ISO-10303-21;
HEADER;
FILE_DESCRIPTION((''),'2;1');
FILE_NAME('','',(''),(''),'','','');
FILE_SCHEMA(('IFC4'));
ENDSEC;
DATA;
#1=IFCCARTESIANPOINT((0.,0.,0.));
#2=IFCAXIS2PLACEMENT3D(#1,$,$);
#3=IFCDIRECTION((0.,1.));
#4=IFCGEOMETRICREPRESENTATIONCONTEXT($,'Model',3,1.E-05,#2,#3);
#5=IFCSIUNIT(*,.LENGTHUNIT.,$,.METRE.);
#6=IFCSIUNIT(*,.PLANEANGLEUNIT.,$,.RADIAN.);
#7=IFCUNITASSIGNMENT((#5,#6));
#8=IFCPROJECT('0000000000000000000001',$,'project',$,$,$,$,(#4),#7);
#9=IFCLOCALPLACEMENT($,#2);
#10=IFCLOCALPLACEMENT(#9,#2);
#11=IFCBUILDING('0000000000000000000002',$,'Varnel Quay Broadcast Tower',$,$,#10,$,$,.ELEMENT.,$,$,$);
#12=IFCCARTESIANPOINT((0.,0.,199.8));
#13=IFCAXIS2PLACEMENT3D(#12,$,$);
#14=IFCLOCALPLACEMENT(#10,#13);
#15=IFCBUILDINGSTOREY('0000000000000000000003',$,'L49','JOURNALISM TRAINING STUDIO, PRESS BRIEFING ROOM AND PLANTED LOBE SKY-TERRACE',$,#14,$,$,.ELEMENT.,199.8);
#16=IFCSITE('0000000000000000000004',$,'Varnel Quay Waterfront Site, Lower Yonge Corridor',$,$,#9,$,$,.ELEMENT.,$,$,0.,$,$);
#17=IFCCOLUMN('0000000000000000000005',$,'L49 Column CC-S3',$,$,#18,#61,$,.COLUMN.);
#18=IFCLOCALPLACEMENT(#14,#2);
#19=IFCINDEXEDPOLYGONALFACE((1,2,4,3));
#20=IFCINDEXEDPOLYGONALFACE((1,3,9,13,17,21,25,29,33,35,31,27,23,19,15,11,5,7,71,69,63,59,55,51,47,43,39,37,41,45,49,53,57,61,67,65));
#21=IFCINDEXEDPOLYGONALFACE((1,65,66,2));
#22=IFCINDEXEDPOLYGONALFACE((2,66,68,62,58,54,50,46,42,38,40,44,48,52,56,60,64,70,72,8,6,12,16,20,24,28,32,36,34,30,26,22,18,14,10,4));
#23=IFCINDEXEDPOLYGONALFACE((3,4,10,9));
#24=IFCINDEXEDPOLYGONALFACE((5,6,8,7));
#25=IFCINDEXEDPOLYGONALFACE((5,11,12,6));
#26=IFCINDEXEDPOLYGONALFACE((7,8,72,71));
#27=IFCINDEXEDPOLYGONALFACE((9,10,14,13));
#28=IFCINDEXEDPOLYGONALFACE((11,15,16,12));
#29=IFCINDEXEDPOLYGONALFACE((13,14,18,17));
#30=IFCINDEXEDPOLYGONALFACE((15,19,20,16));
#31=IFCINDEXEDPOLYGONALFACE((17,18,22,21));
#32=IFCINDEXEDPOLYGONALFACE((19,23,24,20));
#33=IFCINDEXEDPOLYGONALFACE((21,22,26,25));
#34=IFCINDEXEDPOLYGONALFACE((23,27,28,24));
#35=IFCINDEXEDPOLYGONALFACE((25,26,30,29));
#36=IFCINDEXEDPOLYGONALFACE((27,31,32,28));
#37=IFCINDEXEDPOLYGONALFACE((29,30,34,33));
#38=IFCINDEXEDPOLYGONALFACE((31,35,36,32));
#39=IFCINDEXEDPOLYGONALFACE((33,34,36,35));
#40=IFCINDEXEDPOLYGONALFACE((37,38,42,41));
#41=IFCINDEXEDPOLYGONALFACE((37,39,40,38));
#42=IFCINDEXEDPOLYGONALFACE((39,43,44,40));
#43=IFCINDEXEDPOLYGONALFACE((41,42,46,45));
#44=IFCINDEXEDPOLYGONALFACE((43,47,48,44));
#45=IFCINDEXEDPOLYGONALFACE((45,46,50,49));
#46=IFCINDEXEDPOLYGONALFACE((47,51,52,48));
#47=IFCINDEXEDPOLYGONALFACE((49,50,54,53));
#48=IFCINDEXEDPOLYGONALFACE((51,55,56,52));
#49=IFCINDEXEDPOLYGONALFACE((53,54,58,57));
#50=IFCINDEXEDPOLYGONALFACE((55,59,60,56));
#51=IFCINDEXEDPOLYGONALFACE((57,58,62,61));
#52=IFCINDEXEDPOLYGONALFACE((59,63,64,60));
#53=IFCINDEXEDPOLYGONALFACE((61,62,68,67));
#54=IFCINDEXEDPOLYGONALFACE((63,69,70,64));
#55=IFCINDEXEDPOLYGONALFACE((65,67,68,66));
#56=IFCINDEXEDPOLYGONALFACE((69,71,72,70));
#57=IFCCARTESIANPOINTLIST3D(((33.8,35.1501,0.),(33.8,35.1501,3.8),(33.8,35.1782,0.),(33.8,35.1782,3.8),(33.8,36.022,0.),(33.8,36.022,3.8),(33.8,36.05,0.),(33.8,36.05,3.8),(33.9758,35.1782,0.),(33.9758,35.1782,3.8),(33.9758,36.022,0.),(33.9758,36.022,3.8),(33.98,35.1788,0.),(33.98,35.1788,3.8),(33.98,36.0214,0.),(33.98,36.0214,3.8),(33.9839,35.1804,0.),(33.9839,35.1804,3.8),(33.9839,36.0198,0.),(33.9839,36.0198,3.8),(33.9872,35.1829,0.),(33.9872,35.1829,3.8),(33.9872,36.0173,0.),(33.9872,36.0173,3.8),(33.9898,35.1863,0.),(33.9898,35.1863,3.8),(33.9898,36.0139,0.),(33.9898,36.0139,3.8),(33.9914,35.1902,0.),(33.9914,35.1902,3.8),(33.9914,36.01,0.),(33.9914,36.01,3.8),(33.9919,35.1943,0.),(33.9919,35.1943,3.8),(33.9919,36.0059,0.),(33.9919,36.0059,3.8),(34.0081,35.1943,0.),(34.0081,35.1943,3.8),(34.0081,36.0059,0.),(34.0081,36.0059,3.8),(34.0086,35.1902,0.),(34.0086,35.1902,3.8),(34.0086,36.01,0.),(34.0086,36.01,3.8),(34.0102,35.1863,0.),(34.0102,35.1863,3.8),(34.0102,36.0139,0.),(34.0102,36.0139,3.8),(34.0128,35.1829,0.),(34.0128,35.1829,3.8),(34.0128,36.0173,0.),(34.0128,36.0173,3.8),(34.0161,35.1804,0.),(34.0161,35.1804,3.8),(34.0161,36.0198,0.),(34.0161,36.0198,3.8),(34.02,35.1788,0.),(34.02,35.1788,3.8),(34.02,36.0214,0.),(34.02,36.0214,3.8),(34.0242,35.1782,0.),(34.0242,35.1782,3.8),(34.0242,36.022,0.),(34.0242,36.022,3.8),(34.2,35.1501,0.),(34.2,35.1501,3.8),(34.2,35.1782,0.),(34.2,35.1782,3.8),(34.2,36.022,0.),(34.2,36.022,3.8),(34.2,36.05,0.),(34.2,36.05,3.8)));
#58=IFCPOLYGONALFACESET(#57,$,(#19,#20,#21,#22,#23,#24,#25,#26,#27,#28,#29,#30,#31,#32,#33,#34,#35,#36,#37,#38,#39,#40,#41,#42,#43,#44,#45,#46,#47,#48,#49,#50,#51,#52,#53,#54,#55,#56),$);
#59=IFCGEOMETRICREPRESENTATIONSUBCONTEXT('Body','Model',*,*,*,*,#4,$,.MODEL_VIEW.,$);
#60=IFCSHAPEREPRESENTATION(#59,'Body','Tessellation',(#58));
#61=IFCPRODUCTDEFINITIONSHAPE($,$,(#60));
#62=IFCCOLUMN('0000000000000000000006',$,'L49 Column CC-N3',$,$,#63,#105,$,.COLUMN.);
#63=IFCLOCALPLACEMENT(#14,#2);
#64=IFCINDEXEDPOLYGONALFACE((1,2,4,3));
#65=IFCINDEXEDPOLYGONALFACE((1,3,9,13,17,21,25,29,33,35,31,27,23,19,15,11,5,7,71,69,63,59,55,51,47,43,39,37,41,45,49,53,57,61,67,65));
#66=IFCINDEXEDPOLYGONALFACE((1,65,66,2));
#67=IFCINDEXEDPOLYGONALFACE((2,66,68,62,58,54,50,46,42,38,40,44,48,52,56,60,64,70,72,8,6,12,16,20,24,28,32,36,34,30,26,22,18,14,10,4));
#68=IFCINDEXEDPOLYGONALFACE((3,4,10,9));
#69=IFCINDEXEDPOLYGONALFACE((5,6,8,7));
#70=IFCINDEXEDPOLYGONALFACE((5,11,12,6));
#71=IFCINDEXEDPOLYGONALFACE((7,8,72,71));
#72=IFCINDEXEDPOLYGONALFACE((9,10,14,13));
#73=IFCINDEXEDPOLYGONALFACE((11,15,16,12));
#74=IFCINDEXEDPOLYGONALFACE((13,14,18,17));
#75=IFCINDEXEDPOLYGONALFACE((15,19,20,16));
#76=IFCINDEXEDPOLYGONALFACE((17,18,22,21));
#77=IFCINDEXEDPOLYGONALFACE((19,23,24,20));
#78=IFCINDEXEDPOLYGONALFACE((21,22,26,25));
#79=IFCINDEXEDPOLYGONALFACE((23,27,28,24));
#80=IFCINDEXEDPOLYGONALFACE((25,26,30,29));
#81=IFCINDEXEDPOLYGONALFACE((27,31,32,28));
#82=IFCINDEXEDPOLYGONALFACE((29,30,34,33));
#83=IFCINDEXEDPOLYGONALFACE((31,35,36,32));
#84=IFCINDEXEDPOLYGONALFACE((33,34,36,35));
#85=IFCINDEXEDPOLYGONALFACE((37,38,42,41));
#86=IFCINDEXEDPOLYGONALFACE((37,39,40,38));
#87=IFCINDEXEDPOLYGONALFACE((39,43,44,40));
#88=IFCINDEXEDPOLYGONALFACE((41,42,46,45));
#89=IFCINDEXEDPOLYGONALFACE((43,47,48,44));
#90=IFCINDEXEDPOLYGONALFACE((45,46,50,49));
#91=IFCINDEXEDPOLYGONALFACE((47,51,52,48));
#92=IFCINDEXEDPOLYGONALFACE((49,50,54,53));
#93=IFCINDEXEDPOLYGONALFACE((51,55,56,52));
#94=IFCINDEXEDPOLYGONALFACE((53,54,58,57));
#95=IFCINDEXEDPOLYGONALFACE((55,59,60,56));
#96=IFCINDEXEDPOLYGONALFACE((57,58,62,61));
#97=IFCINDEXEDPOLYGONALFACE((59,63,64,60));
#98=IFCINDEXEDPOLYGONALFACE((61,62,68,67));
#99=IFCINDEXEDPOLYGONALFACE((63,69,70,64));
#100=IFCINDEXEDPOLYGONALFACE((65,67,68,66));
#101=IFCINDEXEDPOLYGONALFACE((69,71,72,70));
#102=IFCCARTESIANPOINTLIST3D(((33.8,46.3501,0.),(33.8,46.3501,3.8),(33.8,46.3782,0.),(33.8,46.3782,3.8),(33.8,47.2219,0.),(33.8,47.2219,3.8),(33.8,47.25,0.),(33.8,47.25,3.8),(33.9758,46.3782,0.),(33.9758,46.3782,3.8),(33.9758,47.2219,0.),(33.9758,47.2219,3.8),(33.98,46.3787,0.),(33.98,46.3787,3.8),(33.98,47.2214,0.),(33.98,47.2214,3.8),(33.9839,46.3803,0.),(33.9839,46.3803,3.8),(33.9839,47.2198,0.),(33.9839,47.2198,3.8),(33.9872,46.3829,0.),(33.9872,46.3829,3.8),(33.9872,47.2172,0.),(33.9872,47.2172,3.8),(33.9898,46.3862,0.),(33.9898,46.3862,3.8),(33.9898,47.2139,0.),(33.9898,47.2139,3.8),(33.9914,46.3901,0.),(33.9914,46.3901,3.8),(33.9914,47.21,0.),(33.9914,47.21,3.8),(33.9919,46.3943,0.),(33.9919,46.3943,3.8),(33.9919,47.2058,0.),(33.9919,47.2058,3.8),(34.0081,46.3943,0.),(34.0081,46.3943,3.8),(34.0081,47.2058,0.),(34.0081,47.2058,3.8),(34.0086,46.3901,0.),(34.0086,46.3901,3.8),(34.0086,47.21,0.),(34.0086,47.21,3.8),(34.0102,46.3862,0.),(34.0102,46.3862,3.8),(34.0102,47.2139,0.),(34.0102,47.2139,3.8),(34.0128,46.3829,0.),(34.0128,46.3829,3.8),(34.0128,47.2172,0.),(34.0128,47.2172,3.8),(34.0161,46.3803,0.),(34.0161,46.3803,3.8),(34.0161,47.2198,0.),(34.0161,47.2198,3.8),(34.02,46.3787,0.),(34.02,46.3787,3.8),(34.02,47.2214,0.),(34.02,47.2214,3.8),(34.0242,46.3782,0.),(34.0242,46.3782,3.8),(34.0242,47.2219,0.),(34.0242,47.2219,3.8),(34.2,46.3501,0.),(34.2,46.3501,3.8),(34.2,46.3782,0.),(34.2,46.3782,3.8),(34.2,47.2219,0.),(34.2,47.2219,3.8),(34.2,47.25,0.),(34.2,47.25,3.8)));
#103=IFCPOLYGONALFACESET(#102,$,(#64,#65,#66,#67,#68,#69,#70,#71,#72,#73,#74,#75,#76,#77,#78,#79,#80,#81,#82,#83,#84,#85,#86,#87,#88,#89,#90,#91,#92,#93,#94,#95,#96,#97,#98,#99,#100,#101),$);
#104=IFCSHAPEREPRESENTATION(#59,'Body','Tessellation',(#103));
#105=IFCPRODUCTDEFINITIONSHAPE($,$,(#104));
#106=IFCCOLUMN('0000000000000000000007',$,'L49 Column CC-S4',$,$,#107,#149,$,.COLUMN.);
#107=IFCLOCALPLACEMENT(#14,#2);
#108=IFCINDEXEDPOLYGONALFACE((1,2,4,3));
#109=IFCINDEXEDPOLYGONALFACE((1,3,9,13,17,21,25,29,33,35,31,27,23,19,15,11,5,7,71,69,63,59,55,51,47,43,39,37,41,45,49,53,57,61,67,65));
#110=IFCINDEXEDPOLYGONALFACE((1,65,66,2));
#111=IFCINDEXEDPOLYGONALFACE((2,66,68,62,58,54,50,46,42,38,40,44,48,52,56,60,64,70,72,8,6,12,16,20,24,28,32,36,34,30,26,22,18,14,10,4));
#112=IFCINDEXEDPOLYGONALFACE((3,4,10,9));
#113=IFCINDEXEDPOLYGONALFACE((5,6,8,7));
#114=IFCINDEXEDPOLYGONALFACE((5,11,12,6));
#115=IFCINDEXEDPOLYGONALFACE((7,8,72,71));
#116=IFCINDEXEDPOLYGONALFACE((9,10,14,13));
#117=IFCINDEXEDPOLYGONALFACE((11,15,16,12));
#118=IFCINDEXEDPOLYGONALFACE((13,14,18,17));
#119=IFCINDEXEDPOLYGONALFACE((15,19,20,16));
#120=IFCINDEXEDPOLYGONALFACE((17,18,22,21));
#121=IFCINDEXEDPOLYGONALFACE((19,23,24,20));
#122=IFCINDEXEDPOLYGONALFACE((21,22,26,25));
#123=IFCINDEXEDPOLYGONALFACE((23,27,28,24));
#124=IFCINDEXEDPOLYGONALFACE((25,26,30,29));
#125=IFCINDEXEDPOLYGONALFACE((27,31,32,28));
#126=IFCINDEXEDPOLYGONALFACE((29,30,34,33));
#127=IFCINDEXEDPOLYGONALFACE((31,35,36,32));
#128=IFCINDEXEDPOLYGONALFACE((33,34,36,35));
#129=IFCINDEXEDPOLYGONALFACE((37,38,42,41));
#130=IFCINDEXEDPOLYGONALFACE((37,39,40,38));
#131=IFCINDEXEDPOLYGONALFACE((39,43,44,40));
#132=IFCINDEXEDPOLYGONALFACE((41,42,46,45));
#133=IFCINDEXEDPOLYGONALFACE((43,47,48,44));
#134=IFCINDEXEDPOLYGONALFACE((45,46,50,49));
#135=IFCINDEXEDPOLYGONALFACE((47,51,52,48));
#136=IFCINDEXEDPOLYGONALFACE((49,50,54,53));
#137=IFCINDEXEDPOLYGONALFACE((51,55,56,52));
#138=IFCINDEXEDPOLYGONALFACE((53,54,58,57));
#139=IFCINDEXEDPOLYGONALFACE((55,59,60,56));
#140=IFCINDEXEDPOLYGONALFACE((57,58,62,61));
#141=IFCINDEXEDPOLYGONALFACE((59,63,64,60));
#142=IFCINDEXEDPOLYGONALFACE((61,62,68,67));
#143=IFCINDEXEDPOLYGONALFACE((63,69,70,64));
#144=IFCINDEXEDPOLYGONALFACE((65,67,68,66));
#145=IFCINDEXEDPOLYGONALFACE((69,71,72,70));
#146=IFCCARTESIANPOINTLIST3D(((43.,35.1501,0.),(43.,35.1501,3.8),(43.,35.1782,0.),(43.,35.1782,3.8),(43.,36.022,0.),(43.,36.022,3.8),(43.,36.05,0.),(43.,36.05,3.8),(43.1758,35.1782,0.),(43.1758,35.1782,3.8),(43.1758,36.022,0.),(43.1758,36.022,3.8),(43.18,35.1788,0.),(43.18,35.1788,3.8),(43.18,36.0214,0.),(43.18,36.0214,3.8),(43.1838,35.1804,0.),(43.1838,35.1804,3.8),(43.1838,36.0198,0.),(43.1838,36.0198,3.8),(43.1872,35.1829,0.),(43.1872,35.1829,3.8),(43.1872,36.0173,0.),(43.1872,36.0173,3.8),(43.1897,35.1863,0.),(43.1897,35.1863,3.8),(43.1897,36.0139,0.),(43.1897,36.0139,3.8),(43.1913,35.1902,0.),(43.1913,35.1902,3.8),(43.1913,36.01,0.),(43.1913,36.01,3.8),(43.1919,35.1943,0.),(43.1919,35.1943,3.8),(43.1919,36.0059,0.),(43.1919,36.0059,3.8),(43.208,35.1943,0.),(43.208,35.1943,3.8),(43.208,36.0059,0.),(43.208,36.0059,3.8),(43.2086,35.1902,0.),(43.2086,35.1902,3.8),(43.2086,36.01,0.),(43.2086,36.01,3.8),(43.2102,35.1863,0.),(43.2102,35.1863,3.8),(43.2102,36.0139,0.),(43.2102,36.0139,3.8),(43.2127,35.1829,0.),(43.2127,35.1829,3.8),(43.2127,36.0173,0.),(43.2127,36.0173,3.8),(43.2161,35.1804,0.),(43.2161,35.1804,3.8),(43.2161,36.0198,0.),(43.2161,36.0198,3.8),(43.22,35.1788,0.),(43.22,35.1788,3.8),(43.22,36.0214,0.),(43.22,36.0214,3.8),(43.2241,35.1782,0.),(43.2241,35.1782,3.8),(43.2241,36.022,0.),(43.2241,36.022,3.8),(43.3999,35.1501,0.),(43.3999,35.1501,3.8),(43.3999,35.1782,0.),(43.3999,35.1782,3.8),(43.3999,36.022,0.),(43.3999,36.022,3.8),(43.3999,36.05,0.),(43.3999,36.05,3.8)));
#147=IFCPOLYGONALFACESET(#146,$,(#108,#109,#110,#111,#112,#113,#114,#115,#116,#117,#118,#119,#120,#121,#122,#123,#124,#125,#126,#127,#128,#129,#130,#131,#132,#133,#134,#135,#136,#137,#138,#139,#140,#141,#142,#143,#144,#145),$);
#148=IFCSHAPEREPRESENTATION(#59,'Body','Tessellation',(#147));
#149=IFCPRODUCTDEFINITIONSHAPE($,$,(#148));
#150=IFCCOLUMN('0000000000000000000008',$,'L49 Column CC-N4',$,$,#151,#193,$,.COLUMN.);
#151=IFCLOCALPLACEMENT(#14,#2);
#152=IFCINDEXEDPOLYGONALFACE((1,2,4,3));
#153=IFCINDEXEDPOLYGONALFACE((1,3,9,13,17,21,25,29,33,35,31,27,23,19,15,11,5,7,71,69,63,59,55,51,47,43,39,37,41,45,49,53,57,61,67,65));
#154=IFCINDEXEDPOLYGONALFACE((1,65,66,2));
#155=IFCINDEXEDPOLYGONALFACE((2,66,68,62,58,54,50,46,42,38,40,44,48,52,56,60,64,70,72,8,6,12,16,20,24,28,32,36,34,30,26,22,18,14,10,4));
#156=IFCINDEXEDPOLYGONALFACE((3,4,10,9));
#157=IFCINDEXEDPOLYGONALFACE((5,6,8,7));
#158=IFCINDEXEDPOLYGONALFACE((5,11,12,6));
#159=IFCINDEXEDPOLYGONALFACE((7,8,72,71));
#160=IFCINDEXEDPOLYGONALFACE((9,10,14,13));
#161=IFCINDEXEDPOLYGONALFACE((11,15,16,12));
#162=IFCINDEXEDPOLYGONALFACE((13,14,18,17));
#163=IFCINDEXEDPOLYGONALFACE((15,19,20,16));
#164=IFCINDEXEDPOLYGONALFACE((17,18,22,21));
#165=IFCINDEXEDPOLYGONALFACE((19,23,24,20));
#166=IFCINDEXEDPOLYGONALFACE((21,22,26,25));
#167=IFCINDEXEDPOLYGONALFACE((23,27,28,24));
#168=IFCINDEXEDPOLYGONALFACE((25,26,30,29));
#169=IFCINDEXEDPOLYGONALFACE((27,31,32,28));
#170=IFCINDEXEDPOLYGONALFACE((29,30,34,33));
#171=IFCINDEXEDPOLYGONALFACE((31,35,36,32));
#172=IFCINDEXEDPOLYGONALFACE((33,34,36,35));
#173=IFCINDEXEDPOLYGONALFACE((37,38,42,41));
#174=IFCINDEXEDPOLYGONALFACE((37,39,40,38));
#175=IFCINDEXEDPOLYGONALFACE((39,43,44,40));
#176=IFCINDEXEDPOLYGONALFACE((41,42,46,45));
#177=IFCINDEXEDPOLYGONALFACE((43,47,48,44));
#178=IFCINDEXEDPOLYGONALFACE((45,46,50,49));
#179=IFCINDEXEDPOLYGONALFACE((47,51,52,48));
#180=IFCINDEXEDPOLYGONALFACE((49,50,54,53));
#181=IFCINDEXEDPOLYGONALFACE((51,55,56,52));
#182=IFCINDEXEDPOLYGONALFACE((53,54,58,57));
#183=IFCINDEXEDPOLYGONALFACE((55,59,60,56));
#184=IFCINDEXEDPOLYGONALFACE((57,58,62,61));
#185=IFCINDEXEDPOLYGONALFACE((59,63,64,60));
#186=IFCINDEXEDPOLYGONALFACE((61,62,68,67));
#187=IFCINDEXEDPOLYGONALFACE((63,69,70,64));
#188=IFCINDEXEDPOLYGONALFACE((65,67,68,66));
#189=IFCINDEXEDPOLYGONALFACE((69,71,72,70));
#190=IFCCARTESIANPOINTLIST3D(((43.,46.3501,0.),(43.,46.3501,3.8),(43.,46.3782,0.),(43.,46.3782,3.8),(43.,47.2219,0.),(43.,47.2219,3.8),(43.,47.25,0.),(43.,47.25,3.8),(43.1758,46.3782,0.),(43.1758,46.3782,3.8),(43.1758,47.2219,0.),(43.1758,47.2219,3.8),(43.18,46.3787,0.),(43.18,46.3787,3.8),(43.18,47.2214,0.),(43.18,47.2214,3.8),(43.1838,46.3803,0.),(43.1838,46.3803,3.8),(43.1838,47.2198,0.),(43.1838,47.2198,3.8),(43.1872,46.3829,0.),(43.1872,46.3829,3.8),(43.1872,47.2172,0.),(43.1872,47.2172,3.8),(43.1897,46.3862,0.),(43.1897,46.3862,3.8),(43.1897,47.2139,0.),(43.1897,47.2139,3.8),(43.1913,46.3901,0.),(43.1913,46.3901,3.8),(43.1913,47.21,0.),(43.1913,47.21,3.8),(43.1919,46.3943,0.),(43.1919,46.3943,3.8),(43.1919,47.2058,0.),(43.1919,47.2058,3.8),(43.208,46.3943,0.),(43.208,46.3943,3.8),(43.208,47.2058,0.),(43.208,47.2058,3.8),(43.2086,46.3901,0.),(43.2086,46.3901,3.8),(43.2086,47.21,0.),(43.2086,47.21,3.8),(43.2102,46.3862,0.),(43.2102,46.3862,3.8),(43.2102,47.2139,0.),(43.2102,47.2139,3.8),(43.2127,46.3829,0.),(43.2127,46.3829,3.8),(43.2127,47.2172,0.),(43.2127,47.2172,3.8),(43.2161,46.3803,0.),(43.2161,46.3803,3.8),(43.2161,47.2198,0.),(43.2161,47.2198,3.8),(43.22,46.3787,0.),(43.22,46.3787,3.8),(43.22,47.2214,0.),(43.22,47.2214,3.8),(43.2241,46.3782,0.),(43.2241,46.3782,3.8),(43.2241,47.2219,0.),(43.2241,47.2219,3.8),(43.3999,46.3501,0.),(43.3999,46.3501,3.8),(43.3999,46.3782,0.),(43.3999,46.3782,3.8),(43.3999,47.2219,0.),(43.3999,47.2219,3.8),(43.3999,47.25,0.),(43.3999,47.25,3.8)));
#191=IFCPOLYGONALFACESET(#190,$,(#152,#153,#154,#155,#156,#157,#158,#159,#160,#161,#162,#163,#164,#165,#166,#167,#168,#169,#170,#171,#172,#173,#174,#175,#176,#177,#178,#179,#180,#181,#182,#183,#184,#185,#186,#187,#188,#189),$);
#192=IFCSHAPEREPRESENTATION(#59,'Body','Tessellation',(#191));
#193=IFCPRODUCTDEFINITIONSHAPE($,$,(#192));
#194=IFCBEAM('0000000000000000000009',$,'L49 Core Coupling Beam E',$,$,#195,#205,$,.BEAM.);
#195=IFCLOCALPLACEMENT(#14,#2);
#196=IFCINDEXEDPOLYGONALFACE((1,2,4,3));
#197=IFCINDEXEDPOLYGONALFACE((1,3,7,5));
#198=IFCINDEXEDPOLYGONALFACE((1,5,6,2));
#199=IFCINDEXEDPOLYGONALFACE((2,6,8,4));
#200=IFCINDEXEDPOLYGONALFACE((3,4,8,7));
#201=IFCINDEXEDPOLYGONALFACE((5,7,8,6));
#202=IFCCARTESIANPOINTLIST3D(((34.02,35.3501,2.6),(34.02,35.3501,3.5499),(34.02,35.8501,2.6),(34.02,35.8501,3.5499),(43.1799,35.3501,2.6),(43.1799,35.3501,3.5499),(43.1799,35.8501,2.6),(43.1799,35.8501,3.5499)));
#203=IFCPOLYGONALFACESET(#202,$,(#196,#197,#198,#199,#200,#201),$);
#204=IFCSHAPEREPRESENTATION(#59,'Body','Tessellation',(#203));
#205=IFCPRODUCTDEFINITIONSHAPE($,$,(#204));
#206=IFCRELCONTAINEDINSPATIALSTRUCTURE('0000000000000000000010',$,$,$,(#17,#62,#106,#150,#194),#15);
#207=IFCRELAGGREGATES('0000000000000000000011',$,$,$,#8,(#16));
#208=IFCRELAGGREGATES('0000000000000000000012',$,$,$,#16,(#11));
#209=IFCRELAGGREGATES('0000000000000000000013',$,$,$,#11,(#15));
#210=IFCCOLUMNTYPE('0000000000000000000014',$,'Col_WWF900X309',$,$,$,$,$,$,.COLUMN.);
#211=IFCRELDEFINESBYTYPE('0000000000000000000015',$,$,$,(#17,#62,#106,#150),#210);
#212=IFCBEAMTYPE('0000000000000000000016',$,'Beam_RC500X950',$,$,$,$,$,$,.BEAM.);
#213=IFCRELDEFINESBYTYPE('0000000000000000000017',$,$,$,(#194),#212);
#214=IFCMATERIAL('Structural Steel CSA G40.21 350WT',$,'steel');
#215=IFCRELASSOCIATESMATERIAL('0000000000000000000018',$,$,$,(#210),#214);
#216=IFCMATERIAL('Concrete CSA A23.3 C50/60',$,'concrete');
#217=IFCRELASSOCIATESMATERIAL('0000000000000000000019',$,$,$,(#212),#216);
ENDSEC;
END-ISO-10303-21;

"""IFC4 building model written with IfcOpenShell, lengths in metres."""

from ifc_helpers import new_model, si_unit, direction, frame, origin, origin_2d, place, context, subcontext, project, spatial, rectangle, i_section, extrude, source, transform, mapped, material, material_profile, profile_set, type_object, type_shapes, element, save


model = new_model("IFC4")

# Units and contexts
model_context = context("Model", 3, precision=1e-05, world=origin(), true_north=direction((0.0, 1.0)))
body_context = subcontext(model_context, "Body", "Model", "MODEL_VIEW")
ifc_project = project(units=[si_unit("LENGTHUNIT", "METRE"), si_unit("PLANEANGLEUNIT", "RADIAN")], contexts=[model_context])

# Site, building, storey
site_placement = place(None, origin())
site = spatial("IfcSite", under=ifc_project, at=site_placement, Name="Varnel Quay Waterfront Site, Lower Yonge Corridor", CompositionType="ELEMENT", RefElevation=0.0)
building_placement = place(site_placement, origin())
building = spatial("IfcBuilding", under=site, at=building_placement, Name="Varnel Quay Broadcast Tower", CompositionType="ELEMENT")
storey_placement = place(building_placement, frame((0.0, 0.0, 199.8)))
storey = spatial("IfcBuildingStorey", under=building, at=storey_placement, Name="L49", Description="JOURNALISM TRAINING STUDIO, PRESS BRIEFING ROOM AND PLANTED LOBE SKY-TERRACE", CompositionType="ELEMENT", Elevation=199.8)

# Columns
ifc_material_1 = material(Name="Structural Steel CSA G40.21 350WT", Category="steel")
ifc_material_profile_1 = material_profile(ifc_material_1, i_section(OverallWidth=0.3999, OverallDepth=0.8999, WebThickness=0.0161, FlangeThickness=0.0281, FilletRadius=0.0161, at=origin_2d()), Name="WWF900X309")
ifc_profile_set_1 = profile_set([ifc_material_profile_1], Name="Structural Steel CSA G40.21 350WT")
column_type = type_object("IfcColumnType", Name="Col_WWF900X309", PredefinedType="COLUMN", material=ifc_profile_set_1)
shared_shape_1 = source(origin(), body_context, "Body", "SweptSolid", [
    extrude(i_section(OverallWidth=0.3999, OverallDepth=0.8999, WebThickness=0.0161, FlangeThickness=0.0281, FilletRadius=0.0161, at=origin_2d()), origin(), (0.0, 0.0, 1.0), 3.8),
])
type_shapes(column_type, [shared_shape_1])
for number, where, z_axis, x_axis, name in (
    (1, (34.0, 35.6001, 0.0), (0.0, 0.0, 1.0), (1.0, 0.0, 0.0), "L49 Column CC-S3"),
    (2, (34.0, 46.8, 0.0), (0.0, 0.0, 1.0), (1.0, 0.0, 0.0), "L49 Column CC-N3"),
    (3, (43.2, 35.6001, 0.0), (0.0, 0.0, 1.0), (1.0, 0.0, 0.0), "L49 Column CC-S4"),
    (4, (43.2, 46.8, 0.0), (0.0, 0.0, 1.0), (1.0, 0.0, 0.0), "L49 Column CC-N4"),
):
    element("IfcColumn", number, at=place(storey_placement, frame(where, z_axis=z_axis, x_axis=x_axis)), inside=storey, type_object=column_type, Name=name, PredefinedType="COLUMN", context=body_context, shape_type="MappedRepresentation", body=[
        mapped(shared_shape_1, transform((0.0, 0.0, 0.0), x_axis=(1.0, 0.0, 0.0), y_axis=(0.0, 1.0, 0.0), z_axis=(0.0, 0.0, 1.0), scale=1.0)),
    ])

# Beam
ifc_material_2 = material(Name="Concrete CSA A23.3 C50/60", Category="concrete")
ifc_material_profile_2 = material_profile(ifc_material_2, rectangle(XDim=0.5, YDim=0.95, at=origin_2d()), Name="RC500X950")
ifc_profile_set_2 = profile_set([ifc_material_profile_2], Name="Concrete CSA A23.3 C50/60")
beam_type = type_object("IfcBeamType", Name="Beam_RC500X950", PredefinedType="BEAM", material=ifc_profile_set_2)
shared_shape_2 = source(origin(), body_context, "Body", "SweptSolid", [
    extrude(rectangle(XDim=0.5, YDim=0.95, at=origin_2d()), origin(), (0.0, 0.0, 1.0), 9.1599),
])
type_shapes(beam_type, [shared_shape_2])
beam_placement = place(storey_placement, frame((34.02, 35.6001, 3.075), z_axis=(1.0, 0.0, 0.0), x_axis=(0.0, 1.0, 0.0)))
element("IfcBeam", 5, at=beam_placement, inside=storey, type_object=beam_type, Name="L49 Core Coupling Beam E", PredefinedType="BEAM", context=body_context, shape_type="MappedRepresentation", body=[
    mapped(shared_shape_2, transform((0.0, 0.0, 0.0), x_axis=(1.0, 0.0, 0.0), y_axis=(0.0, 1.0, 0.0), z_axis=(0.0, 0.0, 1.0), scale=1.0)),
])

save(model, "model.ifc")
